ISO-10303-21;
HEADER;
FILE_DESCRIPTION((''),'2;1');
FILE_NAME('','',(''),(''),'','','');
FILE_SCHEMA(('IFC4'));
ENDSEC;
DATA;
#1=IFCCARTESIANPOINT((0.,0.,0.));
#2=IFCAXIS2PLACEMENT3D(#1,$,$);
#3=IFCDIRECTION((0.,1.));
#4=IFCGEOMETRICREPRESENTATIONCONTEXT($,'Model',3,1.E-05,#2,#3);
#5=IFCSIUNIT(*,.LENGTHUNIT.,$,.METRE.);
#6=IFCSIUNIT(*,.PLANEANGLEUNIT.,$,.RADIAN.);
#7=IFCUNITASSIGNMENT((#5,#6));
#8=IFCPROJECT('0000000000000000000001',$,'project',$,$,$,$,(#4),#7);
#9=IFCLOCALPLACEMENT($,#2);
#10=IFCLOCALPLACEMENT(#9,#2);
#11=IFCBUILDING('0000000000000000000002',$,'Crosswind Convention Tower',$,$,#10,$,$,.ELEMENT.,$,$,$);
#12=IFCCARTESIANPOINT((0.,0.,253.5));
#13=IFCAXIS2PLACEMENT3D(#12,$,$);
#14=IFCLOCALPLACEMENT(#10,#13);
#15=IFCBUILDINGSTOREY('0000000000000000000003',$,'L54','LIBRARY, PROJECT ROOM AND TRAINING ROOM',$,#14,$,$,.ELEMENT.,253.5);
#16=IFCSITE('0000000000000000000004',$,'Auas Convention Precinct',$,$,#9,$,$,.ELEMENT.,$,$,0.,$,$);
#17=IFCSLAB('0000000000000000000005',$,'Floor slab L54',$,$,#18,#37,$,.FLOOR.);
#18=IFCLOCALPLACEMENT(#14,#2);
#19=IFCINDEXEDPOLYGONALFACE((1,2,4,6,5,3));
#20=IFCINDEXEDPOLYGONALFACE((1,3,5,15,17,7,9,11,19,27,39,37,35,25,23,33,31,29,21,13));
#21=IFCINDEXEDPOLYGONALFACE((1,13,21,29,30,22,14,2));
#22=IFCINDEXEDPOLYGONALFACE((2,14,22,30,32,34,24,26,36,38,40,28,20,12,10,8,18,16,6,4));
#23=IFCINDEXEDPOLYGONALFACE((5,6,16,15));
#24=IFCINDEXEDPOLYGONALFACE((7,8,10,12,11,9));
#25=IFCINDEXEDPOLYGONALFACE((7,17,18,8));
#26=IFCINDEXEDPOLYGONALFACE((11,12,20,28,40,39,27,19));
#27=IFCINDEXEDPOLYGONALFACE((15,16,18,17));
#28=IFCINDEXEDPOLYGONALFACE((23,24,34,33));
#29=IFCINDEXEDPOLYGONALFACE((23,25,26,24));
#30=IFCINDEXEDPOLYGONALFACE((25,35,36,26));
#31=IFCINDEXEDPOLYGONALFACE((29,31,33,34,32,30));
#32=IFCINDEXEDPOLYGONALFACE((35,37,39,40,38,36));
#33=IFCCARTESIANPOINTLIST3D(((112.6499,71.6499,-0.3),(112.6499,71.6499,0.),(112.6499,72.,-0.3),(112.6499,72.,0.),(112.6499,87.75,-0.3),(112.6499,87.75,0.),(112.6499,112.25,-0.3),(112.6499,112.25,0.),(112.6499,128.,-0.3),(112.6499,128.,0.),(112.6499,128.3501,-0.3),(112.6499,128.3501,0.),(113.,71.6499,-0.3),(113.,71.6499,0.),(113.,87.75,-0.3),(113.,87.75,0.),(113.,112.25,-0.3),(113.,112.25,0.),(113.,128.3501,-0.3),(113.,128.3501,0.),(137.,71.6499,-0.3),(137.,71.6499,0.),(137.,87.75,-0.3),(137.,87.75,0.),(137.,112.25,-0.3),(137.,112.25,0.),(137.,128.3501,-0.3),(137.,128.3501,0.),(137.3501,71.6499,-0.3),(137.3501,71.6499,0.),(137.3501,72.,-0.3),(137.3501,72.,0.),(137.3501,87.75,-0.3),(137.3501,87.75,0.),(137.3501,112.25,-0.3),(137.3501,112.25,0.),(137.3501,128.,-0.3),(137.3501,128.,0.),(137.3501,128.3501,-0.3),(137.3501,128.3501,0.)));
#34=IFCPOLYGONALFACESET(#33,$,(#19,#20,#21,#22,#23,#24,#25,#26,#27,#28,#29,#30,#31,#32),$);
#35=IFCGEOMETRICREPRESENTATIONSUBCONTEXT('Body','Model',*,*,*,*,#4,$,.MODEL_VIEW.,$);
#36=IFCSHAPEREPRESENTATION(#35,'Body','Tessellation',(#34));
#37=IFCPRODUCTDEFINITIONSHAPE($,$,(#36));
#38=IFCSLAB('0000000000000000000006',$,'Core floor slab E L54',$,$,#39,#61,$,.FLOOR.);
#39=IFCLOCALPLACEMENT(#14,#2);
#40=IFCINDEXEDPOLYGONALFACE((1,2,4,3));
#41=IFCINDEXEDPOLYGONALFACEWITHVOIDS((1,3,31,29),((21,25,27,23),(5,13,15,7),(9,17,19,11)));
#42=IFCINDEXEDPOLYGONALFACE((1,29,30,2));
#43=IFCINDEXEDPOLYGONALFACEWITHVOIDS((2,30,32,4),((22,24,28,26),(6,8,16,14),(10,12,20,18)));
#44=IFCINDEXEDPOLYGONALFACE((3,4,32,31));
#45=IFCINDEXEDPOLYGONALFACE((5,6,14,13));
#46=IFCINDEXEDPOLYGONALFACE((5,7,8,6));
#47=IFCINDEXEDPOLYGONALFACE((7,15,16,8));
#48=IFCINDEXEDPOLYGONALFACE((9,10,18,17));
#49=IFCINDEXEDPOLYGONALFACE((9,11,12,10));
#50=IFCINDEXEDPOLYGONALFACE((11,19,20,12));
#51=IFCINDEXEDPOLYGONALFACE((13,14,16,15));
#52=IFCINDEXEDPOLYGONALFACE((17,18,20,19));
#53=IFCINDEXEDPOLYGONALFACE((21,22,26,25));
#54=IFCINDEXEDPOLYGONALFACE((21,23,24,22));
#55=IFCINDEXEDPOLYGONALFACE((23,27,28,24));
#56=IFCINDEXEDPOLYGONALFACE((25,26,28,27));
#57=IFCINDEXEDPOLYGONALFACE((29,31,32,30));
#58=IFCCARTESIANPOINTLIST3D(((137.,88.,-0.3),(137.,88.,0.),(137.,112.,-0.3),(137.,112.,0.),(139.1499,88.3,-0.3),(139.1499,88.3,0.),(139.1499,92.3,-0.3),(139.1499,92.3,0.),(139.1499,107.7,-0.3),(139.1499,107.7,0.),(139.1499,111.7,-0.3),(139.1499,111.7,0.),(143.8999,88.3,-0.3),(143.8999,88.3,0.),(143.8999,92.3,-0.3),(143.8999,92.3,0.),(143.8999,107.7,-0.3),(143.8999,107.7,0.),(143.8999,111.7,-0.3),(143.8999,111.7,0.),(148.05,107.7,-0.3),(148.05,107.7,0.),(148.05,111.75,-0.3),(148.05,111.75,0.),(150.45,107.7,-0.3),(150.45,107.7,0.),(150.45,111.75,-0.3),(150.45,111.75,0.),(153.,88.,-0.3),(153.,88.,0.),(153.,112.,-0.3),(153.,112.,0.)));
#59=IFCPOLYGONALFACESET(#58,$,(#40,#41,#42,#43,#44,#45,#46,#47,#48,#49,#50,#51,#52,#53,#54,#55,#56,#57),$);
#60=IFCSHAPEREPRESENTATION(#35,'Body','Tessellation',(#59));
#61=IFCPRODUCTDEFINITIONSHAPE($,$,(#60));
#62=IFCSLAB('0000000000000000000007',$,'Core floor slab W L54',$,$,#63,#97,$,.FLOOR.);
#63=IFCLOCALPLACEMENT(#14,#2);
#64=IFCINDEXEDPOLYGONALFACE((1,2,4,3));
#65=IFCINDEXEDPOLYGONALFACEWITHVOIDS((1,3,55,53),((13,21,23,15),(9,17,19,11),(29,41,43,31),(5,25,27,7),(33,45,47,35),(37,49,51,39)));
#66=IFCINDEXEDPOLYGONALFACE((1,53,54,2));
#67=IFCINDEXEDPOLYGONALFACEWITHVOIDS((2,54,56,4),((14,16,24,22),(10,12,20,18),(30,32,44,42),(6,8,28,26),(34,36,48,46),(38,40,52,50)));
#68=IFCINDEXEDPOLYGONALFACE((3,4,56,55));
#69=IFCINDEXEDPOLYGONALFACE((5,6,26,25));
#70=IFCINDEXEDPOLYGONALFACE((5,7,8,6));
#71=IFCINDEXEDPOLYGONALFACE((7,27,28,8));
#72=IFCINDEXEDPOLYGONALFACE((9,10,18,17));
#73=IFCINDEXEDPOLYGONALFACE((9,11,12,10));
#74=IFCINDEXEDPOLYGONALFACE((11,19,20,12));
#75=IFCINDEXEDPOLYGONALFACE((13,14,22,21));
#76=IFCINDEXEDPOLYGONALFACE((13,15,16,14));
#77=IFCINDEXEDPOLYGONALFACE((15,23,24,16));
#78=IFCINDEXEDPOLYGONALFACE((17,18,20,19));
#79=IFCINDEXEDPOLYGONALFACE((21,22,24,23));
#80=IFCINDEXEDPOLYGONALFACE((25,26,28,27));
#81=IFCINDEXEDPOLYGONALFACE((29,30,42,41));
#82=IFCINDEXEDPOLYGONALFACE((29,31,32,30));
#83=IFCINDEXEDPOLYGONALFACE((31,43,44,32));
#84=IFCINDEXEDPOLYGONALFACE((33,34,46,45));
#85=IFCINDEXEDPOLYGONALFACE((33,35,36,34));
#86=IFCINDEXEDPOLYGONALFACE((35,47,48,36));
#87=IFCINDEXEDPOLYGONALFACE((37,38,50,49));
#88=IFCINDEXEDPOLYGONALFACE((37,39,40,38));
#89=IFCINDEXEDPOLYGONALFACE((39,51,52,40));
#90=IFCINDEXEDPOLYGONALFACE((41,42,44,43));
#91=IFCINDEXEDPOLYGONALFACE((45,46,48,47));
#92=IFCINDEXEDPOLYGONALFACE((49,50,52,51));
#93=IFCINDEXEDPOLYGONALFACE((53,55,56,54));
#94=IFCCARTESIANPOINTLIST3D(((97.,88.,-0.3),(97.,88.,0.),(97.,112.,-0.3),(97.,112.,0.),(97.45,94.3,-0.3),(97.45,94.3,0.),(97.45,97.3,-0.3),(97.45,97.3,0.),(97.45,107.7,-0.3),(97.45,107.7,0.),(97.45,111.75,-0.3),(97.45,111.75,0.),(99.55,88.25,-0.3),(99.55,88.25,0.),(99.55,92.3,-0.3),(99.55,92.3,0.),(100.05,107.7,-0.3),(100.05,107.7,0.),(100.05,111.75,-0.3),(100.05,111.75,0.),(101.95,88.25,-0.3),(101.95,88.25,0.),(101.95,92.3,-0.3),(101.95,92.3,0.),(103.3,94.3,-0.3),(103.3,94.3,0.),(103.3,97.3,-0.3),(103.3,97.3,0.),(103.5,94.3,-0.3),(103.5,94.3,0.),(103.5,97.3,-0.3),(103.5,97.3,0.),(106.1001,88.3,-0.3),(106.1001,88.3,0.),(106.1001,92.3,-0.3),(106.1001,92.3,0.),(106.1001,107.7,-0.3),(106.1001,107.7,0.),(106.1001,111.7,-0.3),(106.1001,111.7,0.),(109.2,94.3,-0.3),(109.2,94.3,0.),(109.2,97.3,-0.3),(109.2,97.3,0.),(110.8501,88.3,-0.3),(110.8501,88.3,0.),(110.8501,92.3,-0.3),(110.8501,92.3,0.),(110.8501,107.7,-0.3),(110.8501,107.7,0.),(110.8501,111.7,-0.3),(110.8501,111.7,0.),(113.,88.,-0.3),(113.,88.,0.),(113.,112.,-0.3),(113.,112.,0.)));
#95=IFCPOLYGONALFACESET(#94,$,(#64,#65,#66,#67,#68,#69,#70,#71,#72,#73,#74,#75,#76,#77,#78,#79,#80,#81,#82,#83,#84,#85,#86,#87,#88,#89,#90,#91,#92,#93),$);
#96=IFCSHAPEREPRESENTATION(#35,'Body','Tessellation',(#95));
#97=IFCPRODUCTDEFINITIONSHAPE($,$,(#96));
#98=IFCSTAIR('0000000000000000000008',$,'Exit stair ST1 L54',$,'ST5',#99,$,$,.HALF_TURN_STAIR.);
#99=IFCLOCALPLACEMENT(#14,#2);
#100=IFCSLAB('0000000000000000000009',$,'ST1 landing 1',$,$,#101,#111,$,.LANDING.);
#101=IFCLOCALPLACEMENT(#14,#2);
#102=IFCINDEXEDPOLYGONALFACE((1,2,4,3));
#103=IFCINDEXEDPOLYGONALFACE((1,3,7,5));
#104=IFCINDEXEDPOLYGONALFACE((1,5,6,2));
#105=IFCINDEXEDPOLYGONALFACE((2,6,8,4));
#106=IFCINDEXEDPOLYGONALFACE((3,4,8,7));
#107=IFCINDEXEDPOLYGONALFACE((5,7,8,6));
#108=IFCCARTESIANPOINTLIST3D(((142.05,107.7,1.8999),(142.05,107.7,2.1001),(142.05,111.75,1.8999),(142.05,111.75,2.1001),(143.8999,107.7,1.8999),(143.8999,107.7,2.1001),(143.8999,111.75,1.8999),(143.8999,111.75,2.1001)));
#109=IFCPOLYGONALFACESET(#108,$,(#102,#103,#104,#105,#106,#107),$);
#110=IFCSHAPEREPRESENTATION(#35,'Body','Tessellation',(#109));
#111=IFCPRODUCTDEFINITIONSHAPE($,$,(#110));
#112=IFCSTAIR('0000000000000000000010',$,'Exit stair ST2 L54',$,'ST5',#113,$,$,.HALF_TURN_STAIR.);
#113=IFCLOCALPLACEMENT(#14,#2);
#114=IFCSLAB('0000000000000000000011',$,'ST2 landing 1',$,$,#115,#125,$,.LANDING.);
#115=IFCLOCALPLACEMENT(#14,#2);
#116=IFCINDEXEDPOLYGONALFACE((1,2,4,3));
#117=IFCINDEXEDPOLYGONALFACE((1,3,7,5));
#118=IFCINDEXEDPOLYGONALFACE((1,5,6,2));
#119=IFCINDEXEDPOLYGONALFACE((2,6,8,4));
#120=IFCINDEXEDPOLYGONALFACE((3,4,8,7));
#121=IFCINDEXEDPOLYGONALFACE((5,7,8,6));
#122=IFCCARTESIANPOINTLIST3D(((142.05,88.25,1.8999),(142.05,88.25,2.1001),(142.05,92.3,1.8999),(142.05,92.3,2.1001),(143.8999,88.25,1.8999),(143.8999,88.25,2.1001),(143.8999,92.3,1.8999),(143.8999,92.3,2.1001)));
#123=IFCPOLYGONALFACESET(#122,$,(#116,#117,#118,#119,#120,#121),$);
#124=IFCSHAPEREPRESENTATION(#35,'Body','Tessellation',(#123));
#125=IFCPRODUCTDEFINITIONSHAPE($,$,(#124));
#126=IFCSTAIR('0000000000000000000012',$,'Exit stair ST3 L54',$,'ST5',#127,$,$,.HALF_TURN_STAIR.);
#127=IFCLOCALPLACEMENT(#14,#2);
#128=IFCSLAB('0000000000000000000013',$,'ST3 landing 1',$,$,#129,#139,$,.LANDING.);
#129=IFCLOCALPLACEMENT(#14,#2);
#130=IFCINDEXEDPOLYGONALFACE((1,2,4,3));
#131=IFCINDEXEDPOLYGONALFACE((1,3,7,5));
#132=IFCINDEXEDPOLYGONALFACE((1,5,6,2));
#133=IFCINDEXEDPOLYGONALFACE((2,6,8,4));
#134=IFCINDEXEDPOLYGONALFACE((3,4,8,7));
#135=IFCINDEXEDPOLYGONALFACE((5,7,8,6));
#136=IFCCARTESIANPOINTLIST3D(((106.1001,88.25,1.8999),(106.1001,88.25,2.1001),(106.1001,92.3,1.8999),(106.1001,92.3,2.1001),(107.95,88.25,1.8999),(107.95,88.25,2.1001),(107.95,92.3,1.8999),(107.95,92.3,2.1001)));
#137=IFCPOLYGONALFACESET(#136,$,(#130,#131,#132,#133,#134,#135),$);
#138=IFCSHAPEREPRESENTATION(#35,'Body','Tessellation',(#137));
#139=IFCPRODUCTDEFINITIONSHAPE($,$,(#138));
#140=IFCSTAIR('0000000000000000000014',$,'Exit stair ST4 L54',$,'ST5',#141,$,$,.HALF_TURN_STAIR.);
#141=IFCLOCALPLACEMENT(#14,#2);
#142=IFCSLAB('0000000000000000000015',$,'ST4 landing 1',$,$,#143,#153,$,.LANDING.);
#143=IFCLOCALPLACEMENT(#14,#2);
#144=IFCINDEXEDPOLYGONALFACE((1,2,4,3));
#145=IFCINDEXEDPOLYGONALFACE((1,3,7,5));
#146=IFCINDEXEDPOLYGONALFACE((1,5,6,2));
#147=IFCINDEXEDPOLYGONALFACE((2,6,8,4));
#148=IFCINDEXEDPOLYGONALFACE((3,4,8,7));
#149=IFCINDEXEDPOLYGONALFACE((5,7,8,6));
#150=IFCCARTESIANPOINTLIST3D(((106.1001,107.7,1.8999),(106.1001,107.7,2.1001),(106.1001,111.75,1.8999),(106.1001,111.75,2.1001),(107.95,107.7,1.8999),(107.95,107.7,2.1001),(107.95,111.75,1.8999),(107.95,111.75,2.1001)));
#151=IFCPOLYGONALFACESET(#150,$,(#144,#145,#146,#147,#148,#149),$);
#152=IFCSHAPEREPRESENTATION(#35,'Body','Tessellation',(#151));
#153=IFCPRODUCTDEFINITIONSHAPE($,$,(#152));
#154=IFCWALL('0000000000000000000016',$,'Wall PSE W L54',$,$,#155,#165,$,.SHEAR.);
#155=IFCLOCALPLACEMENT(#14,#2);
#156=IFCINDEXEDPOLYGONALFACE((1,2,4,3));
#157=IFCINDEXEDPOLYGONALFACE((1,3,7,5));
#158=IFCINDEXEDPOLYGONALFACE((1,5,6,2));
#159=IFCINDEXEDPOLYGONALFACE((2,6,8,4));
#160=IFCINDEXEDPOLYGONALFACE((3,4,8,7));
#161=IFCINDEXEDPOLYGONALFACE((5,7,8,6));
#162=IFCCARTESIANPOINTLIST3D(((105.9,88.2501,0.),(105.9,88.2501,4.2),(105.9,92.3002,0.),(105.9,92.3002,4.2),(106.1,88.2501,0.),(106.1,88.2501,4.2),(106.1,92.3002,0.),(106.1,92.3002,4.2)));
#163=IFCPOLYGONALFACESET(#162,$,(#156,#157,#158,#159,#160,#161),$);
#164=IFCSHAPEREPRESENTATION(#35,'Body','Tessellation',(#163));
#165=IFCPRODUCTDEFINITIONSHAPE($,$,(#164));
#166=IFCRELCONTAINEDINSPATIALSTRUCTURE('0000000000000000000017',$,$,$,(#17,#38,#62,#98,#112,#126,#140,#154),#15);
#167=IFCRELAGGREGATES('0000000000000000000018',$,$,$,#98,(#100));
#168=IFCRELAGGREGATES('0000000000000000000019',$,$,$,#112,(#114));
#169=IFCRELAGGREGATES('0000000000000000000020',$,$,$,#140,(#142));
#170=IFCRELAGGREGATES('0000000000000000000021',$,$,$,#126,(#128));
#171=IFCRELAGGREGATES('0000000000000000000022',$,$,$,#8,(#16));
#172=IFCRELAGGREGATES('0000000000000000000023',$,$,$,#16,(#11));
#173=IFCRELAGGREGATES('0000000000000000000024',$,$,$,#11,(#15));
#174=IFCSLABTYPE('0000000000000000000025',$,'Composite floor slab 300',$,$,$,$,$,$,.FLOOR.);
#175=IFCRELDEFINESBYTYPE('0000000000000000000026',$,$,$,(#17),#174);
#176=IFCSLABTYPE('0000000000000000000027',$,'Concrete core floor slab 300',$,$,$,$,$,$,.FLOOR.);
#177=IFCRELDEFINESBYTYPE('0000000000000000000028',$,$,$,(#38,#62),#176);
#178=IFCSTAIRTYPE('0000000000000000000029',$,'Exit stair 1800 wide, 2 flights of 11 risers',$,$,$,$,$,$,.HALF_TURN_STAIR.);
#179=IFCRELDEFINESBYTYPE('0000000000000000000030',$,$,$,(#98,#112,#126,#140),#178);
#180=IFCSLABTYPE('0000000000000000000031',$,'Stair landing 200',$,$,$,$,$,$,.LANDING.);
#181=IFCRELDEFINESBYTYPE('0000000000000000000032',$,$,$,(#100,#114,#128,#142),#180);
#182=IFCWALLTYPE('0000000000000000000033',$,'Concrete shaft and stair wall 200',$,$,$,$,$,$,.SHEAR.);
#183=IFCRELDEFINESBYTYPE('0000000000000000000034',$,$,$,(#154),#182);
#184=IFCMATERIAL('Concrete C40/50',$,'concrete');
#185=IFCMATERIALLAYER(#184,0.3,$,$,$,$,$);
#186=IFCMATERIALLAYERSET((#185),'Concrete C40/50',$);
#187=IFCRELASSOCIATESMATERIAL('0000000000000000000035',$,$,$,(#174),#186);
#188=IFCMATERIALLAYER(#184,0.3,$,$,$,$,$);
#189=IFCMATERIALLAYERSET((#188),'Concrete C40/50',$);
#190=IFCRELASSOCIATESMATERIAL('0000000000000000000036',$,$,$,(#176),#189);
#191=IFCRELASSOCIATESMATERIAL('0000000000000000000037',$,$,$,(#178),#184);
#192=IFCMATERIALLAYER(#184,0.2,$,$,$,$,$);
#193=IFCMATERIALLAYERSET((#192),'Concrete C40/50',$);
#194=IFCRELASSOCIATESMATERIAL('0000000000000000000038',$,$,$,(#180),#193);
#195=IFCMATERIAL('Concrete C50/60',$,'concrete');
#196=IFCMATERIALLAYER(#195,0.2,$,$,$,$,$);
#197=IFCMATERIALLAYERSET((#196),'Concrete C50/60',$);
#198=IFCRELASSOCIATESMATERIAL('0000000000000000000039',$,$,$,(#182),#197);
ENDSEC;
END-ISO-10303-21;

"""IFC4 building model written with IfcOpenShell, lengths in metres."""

from ifc_helpers import new_model, si_unit, direction, frame, frame_2d, origin, place, context, subcontext, project, spatial, polyline, rectangle, outline, extrude, material, layer, layer_set, type_object, element, aggregate, save


model = new_model("IFC4")

# Units and contexts
model_context = context("Model", 3, precision=1e-05, world=origin(), true_north=direction((0.0, 1.0)))
body_context = subcontext(model_context, "Body", "Model", "MODEL_VIEW")
ifc_project = project(units=[si_unit("LENGTHUNIT", "METRE"), si_unit("PLANEANGLEUNIT", "RADIAN")], contexts=[model_context])

# Site, building, storey
site_placement = place(None, origin())
site = spatial("IfcSite", under=ifc_project, at=site_placement, Name="Auas Convention Precinct", CompositionType="ELEMENT", RefElevation=0.0)
building_placement = place(site_placement, origin())
building = spatial("IfcBuilding", under=site, at=building_placement, Name="Crosswind Convention Tower", CompositionType="ELEMENT")
storey_placement = place(building_placement, frame((0.0, 0.0, 253.5)))
storey = spatial("IfcBuildingStorey", under=building, at=storey_placement, Name="L54", Description="LIBRARY, PROJECT ROOM AND TRAINING ROOM", CompositionType="ELEMENT", Elevation=253.5)

# Slabs
ifc_material_1 = material(Name="Concrete C40/50", Category="concrete")
ifc_layer_1 = layer(ifc_material_1, 0.3)
ifc_layer_set_1 = layer_set([ifc_layer_1], Name="Concrete C40/50")
slab_type_1 = type_object("IfcSlabType", Name="Composite floor slab 300", PredefinedType="FLOOR", material=ifc_layer_set_1)
slab_1_placement = place(storey_placement, frame((0.0, 0.0, -0.3)))
element("IfcSlab", 1, at=slab_1_placement, inside=storey, type_object=slab_type_1, Name="Floor slab L54", PredefinedType="FLOOR", context=body_context, shape_type="SweptSolid", body=[
    extrude(outline(polyline([(137.3501, 71.6499), (137.0, 71.6499), (113.0, 71.6499), (112.6499, 71.6499), (112.6499, 72.0), (112.6499, 87.75), (113.0, 87.75), (113.0, 112.25), (112.6499, 112.25), (112.6499, 128.0), (112.6499, 128.3501), (113.0, 128.3501), (137.0, 128.3501), (137.3501, 128.3501), (137.3501, 128.0), (137.3501, 112.25), (137.0, 112.25), (137.0, 87.75), (137.3501, 87.75), (137.3501, 72.0), (137.3501, 71.6499)])), origin(), (0.0, 0.0, 1.0), 0.3),
])
ifc_layer_2 = layer(ifc_material_1, 0.3)
ifc_layer_set_2 = layer_set([ifc_layer_2], Name="Concrete C40/50")
slab_type_2 = type_object("IfcSlabType", Name="Concrete core floor slab 300", PredefinedType="FLOOR", material=ifc_layer_set_2)
slab_2_placement = place(storey_placement, frame((0.0, 0.0, -0.3)))
element("IfcSlab", 2, at=slab_2_placement, inside=storey, type_object=slab_type_2, Name="Core floor slab E L54", PredefinedType="FLOOR", context=body_context, shape_type="SweptSolid", body=[
    extrude(outline(polyline([(137.0, 88.0), (153.0, 88.0), (153.0, 112.0), (137.0, 112.0), (137.0, 88.0)]), holes=[polyline([(150.45, 107.7), (150.45, 111.75), (148.05, 111.75), (148.05, 107.7), (150.45, 107.7)]), polyline([(143.8999, 107.7), (143.8999, 111.7), (139.1499, 111.7), (139.1499, 107.7), (143.8999, 107.7)]), polyline([(143.8999, 88.3), (143.8999, 92.3), (139.1499, 92.3), (139.1499, 88.3), (143.8999, 88.3)])]), origin(), (0.0, 0.0, 1.0), 0.3),
])
slab_3_placement = place(storey_placement, frame((0.0, 0.0, -0.3)))
element("IfcSlab", 3, at=slab_3_placement, inside=storey, type_object=slab_type_2, Name="Core floor slab W L54", PredefinedType="FLOOR", context=body_context, shape_type="SweptSolid", body=[
    extrude(outline(polyline([(97.0, 88.0), (113.0, 88.0), (113.0, 112.0), (97.0, 112.0), (97.0, 88.0)]), holes=[polyline([(109.2, 94.3), (109.2, 97.3), (103.5, 97.3), (103.5, 94.3), (109.2, 94.3)]), polyline([(103.3, 94.3), (103.3, 97.3), (97.45, 97.3), (97.45, 94.3), (103.3, 94.3)]), polyline([(101.95, 88.25), (101.95, 92.3), (99.55, 92.3), (99.55, 88.25), (101.95, 88.25)]), polyline([(100.05, 107.7), (100.05, 111.75), (97.45, 111.75), (97.45, 107.7), (100.05, 107.7)]), polyline([(110.8501, 88.3), (110.8501, 92.3), (106.1001, 92.3), (106.1001, 88.3), (110.8501, 88.3)]), polyline([(110.8501, 107.7), (110.8501, 111.7), (106.1001, 111.7), (106.1001, 107.7), (110.8501, 107.7)])]), origin(), (0.0, 0.0, 1.0), 0.3),
])

# Stairs, slabs
stair_type = type_object("IfcStairType", Name="Exit stair 1800 wide, 2 flights of 11 risers", PredefinedType="HALF_TURN_STAIR", material=ifc_material_1)
stair_1_placement = place(storey_placement, origin())
stair_1 = element("IfcStair", 4, at=stair_1_placement, inside=storey, type_object=stair_type, Name="Exit stair ST1 L54", ObjectType="ST5", PredefinedType="HALF_TURN_STAIR")
ifc_layer_3 = layer(ifc_material_1, 0.2)
ifc_layer_set_3 = layer_set([ifc_layer_3], Name="Concrete C40/50")
slab_type_3 = type_object("IfcSlabType", Name="Stair landing 200", PredefinedType="LANDING", material=ifc_layer_set_3)
slab_4_placement = place(storey_placement, frame((0.0, 0.0, 1.8999)))
slab_4 = element("IfcSlab", 5, at=slab_4_placement, type_object=slab_type_3, Name="ST1 landing 1", PredefinedType="LANDING", context=body_context, shape_type="SweptSolid", body=[
    extrude(outline(polyline([(143.8999, 107.7), (143.8999, 111.75), (142.05, 111.75), (142.05, 107.7), (143.8999, 107.7)])), origin(), (0.0, 0.0, 1.0), 0.2002),
])
aggregate(stair_1, [slab_4])
stair_2_placement = place(storey_placement, origin())
stair_2 = element("IfcStair", 6, at=stair_2_placement, inside=storey, type_object=stair_type, Name="Exit stair ST2 L54", ObjectType="ST5", PredefinedType="HALF_TURN_STAIR")
slab_5_placement = place(storey_placement, frame((0.0, 0.0, 1.8999)))
slab_5 = element("IfcSlab", 7, at=slab_5_placement, type_object=slab_type_3, Name="ST2 landing 1", PredefinedType="LANDING", context=body_context, shape_type="SweptSolid", body=[
    extrude(outline(polyline([(143.8999, 88.25), (143.8999, 92.3), (142.05, 92.3), (142.05, 88.25), (143.8999, 88.25)])), origin(), (0.0, 0.0, 1.0), 0.2002),
])
aggregate(stair_2, [slab_5])
stair_3_placement = place(storey_placement, origin())
stair_3 = element("IfcStair", 8, at=stair_3_placement, inside=storey, type_object=stair_type, Name="Exit stair ST3 L54", ObjectType="ST5", PredefinedType="HALF_TURN_STAIR")
slab_6_placement = place(storey_placement, frame((0.0, 0.0, 1.8999)))
slab_6 = element("IfcSlab", 9, at=slab_6_placement, type_object=slab_type_3, Name="ST3 landing 1", PredefinedType="LANDING", context=body_context, shape_type="SweptSolid", body=[
    extrude(outline(polyline([(107.95, 88.25), (107.95, 92.3), (106.1001, 92.3), (106.1001, 88.25), (107.95, 88.25)])), origin(), (0.0, 0.0, 1.0), 0.2002),
])
stair_4_placement = place(storey_placement, origin())
stair_4 = element("IfcStair", 10, at=stair_4_placement, inside=storey, type_object=stair_type, Name="Exit stair ST4 L54", ObjectType="ST5", PredefinedType="HALF_TURN_STAIR")
slab_7_placement = place(storey_placement, frame((0.0, 0.0, 1.8999)))
slab_7 = element("IfcSlab", 11, at=slab_7_placement, type_object=slab_type_3, Name="ST4 landing 1", PredefinedType="LANDING", context=body_context, shape_type="SweptSolid", body=[
    extrude(outline(polyline([(107.95, 107.7), (107.95, 111.75), (106.1001, 111.75), (106.1001, 107.7), (107.95, 107.7)])), origin(), (0.0, 0.0, 1.0), 0.2002),
])
aggregate(stair_4, [slab_7])

# Wall
ifc_material_2 = material(Name="Concrete C50/60", Category="concrete")
ifc_layer_4 = layer(ifc_material_2, 0.2)
ifc_layer_set_4 = layer_set([ifc_layer_4], Name="Concrete C50/60")
wall_type_1 = type_object("IfcWallType", Name="Concrete shaft and stair wall 200", PredefinedType="SHEAR", material=ifc_layer_set_4)
wall_1_placement = place(storey_placement, frame((106.0, 92.3, 0.0), z_axis=(0.0, 0.0, 1.0), x_axis=(0.0, -1.0, 0.0)))
element("IfcWall", 12, at=wall_1_placement, inside=storey, type_object=wall_type_1, Name="Wall PSE W L54", PredefinedType="SHEAR", context=body_context, shape_type="SweptSolid", body=[
    extrude(rectangle(XDim=4.05, YDim=0.2, at=frame_2d((2.0249, 0.0))), origin(), (0.0, 0.0, 1.0), 4.2),
])

aggregate(stair_3, [slab_6])

save(model, "model.ifc")
